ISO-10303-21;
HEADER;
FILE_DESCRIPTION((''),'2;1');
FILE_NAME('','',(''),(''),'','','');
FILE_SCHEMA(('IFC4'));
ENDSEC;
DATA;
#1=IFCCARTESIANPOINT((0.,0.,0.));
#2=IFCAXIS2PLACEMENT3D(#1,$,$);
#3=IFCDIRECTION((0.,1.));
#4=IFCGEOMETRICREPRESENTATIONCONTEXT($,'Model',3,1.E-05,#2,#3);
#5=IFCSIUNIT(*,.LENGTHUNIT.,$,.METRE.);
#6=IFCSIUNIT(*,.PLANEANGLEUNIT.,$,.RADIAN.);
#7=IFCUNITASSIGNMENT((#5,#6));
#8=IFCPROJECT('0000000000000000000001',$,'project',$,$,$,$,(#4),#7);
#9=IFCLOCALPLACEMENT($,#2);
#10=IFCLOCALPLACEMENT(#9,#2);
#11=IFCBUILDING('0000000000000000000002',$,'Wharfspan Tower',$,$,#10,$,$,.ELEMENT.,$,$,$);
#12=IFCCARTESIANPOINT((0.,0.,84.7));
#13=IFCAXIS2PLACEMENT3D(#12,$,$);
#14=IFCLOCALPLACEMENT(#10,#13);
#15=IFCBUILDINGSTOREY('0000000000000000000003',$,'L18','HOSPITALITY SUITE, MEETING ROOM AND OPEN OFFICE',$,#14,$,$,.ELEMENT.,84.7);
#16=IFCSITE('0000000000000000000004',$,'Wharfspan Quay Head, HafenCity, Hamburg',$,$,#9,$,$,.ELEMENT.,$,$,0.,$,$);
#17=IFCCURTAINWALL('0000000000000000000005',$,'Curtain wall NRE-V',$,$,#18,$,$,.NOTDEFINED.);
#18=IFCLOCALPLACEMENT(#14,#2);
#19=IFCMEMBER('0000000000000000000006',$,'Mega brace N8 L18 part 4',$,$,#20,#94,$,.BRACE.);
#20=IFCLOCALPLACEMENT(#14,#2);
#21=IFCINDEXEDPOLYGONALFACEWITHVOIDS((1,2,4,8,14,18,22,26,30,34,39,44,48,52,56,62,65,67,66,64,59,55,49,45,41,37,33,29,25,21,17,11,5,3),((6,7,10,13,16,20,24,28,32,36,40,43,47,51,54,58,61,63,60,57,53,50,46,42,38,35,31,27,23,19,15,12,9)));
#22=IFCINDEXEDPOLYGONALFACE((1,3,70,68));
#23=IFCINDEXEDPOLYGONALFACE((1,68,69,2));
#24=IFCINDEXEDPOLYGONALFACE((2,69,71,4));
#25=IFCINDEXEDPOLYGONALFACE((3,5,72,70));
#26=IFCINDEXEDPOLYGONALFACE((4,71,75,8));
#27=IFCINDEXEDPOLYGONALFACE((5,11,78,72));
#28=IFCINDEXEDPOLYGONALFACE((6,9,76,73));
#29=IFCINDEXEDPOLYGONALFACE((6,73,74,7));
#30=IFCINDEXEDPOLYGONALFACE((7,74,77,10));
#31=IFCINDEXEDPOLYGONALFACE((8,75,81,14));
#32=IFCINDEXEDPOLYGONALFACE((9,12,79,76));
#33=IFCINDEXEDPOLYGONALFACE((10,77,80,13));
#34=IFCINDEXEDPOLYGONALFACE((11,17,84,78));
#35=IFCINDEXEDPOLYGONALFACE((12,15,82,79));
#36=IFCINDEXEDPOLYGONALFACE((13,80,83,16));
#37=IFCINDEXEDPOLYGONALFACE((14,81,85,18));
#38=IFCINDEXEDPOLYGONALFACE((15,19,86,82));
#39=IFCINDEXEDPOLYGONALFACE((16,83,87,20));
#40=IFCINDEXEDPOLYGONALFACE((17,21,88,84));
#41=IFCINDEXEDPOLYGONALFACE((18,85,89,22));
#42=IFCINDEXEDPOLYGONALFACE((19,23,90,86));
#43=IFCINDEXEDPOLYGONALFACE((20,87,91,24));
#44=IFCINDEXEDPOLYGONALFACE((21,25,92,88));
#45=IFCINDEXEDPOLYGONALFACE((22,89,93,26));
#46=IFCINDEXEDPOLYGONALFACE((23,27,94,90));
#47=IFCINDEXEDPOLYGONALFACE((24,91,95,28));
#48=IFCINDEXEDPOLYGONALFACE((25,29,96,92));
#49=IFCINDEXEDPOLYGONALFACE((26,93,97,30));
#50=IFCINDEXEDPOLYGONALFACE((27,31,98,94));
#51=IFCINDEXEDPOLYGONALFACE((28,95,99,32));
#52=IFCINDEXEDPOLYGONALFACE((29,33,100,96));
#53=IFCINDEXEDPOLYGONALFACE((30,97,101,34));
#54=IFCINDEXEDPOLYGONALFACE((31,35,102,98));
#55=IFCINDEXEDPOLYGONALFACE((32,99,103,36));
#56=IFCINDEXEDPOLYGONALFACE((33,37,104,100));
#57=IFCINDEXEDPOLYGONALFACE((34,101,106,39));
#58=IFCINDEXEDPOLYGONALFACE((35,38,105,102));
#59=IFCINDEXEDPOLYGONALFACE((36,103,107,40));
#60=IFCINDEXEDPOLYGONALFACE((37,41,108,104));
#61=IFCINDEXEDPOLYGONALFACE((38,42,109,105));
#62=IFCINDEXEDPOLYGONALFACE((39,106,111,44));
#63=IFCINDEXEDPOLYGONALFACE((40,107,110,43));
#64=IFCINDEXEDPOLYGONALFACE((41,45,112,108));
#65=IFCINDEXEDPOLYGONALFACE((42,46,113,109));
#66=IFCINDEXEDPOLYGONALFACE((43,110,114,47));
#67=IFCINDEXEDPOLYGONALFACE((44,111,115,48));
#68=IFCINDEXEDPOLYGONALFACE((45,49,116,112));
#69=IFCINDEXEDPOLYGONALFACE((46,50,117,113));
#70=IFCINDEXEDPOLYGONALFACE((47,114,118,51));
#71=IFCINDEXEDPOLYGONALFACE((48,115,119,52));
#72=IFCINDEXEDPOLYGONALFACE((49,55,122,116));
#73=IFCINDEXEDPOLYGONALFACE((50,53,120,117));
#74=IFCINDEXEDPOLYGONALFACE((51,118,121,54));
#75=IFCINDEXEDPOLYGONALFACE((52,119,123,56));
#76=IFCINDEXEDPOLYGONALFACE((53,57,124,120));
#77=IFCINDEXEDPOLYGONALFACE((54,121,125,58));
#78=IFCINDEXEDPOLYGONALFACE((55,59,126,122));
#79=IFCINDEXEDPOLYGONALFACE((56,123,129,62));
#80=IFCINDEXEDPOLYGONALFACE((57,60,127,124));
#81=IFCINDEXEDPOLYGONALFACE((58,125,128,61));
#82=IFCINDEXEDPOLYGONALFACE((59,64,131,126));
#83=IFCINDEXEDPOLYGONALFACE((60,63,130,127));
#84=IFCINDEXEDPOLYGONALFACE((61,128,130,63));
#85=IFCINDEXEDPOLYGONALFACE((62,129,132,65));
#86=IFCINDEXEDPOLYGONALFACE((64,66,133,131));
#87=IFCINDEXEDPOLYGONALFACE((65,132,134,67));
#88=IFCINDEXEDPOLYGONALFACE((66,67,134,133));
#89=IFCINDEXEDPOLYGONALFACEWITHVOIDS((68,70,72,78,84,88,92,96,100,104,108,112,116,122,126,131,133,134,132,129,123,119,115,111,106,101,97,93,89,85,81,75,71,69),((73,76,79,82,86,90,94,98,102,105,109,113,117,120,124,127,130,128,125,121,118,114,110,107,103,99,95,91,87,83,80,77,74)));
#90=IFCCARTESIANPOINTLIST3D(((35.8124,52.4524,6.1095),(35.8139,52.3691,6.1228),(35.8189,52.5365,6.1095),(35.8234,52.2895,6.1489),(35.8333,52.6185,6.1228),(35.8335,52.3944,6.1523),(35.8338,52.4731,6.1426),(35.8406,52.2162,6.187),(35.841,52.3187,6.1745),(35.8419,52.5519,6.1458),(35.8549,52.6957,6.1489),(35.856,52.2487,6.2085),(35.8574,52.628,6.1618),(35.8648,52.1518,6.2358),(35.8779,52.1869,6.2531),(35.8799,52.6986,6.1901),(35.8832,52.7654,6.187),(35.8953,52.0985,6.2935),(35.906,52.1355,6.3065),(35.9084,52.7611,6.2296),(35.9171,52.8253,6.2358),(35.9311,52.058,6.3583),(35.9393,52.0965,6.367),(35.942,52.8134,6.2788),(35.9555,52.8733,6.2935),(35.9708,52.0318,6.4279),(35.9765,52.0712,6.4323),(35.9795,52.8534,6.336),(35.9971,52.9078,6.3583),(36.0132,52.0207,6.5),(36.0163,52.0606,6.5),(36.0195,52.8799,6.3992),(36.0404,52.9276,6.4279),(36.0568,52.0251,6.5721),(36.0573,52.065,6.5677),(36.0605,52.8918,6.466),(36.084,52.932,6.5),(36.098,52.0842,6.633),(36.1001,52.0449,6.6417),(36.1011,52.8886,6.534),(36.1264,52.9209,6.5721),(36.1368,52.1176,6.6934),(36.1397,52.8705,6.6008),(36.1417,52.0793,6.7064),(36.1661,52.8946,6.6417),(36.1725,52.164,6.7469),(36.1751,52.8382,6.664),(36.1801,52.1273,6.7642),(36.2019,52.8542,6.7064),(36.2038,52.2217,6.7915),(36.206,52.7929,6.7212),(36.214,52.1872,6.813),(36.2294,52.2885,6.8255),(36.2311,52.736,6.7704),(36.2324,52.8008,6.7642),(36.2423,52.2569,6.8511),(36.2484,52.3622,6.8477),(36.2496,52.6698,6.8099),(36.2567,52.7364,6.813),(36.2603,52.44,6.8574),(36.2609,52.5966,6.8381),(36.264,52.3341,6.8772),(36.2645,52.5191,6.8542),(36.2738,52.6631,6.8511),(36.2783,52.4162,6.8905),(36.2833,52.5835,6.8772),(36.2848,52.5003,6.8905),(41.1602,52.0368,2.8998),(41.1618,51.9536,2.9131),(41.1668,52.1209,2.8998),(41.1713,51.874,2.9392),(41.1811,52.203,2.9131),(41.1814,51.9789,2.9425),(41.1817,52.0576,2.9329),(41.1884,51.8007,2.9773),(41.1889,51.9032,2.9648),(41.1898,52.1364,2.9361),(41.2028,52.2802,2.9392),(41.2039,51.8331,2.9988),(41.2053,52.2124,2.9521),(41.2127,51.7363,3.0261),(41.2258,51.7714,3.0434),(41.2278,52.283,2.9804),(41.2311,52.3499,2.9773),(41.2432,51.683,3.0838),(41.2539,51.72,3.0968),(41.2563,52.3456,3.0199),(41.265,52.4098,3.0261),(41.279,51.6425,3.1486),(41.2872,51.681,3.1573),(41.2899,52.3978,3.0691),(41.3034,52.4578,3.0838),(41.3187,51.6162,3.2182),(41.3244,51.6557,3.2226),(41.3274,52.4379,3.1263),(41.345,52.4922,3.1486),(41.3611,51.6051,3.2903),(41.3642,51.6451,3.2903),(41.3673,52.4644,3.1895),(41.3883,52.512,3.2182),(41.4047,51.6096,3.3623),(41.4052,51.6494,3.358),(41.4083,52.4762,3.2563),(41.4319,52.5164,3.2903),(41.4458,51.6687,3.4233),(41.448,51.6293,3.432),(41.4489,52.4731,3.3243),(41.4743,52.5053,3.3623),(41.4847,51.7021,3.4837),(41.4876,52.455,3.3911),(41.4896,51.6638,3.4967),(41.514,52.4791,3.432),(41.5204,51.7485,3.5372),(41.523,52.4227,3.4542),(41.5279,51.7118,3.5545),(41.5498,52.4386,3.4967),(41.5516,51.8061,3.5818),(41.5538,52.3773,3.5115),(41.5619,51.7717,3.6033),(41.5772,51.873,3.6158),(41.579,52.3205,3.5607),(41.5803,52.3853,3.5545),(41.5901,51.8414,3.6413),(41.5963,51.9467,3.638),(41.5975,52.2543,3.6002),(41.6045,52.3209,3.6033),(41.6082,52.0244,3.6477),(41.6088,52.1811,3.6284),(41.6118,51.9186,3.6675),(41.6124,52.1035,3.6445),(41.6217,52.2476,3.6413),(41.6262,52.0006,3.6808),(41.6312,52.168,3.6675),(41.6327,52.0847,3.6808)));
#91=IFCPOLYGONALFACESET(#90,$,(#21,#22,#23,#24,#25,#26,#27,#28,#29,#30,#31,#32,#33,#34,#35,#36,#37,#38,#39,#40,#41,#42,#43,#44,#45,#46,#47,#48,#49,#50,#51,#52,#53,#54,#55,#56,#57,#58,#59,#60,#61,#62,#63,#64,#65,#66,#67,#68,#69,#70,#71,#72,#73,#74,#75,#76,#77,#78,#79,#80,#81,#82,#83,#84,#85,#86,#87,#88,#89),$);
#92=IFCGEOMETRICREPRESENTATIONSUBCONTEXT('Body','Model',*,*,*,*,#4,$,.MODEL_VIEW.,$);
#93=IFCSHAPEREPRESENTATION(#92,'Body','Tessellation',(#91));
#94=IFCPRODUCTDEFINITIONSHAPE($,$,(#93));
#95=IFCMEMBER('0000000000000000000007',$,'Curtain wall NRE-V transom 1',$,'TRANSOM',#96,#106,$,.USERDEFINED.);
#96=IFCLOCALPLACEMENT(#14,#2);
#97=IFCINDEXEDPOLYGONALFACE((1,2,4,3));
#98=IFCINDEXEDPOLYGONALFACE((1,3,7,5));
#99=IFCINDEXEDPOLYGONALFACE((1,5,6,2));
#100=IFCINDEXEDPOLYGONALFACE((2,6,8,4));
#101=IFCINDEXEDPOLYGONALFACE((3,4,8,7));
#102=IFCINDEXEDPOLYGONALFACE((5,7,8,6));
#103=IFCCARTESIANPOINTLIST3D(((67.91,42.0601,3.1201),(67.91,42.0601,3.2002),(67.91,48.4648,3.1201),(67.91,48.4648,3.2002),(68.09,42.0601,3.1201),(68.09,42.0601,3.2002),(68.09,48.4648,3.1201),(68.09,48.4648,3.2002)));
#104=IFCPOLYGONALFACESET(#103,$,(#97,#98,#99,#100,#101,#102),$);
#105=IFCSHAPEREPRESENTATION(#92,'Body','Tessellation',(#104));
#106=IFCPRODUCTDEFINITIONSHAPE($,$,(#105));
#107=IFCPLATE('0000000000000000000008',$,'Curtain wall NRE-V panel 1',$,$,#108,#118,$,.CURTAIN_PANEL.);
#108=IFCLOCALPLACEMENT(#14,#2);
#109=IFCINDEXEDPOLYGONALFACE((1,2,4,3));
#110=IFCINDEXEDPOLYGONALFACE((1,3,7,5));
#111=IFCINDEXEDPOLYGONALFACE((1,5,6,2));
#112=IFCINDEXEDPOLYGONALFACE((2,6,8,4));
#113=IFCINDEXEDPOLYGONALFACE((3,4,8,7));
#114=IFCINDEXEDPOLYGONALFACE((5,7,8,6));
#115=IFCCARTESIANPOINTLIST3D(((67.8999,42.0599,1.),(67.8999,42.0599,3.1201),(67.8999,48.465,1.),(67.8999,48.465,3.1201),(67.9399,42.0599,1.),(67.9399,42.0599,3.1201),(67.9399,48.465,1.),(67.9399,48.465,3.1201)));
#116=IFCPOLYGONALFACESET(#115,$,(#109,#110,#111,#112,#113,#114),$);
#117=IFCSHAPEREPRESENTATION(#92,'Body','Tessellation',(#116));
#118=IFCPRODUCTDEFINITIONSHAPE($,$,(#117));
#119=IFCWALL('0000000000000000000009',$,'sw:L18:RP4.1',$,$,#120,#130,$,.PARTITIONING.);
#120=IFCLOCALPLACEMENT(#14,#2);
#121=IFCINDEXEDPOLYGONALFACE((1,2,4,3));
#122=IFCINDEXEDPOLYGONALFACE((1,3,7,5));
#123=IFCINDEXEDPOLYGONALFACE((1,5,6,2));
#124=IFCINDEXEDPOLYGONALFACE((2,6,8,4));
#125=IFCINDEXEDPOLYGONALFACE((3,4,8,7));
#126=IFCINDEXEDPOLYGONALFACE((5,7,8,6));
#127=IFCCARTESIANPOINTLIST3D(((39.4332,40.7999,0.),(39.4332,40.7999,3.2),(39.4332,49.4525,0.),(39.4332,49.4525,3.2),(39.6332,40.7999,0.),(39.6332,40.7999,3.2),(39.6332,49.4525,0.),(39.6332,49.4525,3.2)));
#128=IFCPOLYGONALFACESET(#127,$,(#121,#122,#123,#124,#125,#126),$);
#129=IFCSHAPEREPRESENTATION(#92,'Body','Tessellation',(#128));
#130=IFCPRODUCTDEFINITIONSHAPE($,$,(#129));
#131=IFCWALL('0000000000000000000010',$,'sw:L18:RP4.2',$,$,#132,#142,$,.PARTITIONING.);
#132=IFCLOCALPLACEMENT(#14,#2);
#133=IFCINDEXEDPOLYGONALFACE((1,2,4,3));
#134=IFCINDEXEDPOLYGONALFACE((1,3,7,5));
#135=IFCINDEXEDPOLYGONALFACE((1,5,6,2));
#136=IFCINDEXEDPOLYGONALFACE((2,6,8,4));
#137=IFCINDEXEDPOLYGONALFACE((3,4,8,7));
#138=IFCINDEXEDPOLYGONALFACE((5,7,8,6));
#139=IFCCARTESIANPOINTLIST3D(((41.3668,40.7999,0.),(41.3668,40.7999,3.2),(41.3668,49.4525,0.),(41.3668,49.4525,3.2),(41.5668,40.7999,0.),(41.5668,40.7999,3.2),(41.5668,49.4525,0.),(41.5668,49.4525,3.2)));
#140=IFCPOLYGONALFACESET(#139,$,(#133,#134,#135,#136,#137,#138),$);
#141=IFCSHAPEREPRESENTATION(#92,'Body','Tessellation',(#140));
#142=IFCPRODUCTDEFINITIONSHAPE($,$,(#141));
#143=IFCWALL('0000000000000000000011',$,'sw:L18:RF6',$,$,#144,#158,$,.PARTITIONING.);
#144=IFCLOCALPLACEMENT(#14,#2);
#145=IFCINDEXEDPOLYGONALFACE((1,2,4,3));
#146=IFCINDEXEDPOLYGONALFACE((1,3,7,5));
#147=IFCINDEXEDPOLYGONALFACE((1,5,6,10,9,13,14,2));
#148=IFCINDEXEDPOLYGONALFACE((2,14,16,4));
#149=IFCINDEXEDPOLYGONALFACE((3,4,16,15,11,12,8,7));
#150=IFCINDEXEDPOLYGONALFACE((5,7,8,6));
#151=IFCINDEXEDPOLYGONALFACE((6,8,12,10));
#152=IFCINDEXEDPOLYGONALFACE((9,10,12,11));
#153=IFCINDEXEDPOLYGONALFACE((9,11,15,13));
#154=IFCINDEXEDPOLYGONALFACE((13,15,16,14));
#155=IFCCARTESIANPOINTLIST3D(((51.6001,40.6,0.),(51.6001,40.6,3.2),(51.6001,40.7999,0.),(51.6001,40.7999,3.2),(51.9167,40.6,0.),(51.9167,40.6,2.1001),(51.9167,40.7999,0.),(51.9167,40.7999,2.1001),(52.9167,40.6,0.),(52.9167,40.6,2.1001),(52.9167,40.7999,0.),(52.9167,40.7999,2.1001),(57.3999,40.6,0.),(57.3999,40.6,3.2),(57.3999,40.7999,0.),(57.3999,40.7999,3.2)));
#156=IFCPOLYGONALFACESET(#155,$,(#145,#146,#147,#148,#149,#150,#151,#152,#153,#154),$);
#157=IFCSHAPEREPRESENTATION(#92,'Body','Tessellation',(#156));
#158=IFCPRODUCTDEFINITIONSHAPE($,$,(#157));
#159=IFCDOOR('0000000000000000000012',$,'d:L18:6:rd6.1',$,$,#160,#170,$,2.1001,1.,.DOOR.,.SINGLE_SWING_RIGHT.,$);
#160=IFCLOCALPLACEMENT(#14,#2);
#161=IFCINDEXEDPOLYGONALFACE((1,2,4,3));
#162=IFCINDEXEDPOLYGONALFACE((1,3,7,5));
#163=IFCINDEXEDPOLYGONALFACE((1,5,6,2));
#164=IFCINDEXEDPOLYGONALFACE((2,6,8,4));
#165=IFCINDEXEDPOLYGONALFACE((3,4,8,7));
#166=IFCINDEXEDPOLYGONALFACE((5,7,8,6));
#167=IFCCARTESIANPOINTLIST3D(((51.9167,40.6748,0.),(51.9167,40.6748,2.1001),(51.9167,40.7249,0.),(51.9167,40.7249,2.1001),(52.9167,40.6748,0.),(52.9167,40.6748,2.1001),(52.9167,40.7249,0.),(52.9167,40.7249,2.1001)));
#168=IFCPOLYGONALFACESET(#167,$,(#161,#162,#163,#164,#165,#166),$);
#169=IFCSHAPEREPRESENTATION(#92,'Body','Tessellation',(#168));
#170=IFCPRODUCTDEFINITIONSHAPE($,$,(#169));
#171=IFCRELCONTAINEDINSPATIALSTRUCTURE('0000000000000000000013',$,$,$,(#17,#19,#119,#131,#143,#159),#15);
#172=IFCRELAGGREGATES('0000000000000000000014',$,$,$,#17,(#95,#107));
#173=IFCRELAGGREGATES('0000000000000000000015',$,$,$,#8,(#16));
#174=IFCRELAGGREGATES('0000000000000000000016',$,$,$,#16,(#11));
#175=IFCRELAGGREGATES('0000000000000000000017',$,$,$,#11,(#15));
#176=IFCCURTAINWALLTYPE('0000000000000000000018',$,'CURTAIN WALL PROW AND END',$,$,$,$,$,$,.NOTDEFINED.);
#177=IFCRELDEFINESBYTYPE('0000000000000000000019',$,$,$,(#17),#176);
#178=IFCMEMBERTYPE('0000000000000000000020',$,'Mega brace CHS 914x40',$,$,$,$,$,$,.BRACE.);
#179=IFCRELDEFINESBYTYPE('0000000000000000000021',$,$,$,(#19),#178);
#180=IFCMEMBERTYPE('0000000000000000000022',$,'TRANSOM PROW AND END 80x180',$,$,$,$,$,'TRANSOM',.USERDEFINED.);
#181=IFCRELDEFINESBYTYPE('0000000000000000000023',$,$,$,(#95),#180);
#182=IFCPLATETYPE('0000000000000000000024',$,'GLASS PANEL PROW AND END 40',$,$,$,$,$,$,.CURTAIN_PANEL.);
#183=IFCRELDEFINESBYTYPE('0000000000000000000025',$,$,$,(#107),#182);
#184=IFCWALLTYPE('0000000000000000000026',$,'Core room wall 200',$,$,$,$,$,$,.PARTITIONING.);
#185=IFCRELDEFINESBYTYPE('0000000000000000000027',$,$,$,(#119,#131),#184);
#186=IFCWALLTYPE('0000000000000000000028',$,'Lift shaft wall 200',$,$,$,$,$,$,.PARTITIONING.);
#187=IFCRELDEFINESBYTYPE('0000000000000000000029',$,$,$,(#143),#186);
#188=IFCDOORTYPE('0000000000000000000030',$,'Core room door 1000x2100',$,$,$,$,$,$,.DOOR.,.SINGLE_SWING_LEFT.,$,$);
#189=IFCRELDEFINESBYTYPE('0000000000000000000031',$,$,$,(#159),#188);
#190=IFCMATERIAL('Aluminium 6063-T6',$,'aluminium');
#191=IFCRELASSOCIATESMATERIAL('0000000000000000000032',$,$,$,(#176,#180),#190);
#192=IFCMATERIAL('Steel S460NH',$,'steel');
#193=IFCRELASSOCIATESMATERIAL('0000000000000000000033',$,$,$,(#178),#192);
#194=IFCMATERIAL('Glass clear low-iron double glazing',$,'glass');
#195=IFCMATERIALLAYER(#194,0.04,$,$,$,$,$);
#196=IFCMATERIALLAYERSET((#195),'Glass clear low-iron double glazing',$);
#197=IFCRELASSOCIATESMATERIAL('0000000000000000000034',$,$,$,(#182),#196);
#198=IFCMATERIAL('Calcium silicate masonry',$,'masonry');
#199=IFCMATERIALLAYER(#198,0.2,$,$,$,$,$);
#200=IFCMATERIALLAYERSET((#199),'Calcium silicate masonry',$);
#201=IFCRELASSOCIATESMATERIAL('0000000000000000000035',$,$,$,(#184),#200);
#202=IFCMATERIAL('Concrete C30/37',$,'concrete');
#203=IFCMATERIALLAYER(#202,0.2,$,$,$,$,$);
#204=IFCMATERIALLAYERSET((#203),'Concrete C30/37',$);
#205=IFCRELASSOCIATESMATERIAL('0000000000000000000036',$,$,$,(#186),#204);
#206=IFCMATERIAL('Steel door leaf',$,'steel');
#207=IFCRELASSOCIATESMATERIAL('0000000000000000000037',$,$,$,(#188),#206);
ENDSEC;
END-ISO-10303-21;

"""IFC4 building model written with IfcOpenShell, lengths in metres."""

from ifc_helpers import new_model, si_unit, direction, frame, frame_2d, origin, origin_2d, place, context, subcontext, project, spatial, rectangle, hollow_circle, extrude, material, layer, layer_set, material_profile, profile_set, type_object, element, fill, aggregate, save


model = new_model("IFC4")

# Units and contexts
model_context = context("Model", 3, precision=1e-05, world=origin(), true_north=direction((0.0, 1.0)))
body_context = subcontext(model_context, "Body", "Model", "MODEL_VIEW")
ifc_project = project(units=[si_unit("LENGTHUNIT", "METRE"), si_unit("PLANEANGLEUNIT", "RADIAN")], contexts=[model_context])

# Site, building, storey
site_placement = place(None, origin())
site = spatial("IfcSite", under=ifc_project, at=site_placement, Name="Wharfspan Quay Head, HafenCity, Hamburg", CompositionType="ELEMENT", RefElevation=0.0)
building_placement = place(site_placement, origin())
building = spatial("IfcBuilding", under=site, at=building_placement, Name="Wharfspan Tower", CompositionType="ELEMENT")
storey_placement = place(building_placement, frame((0.0, 0.0, 84.7)))
storey = spatial("IfcBuildingStorey", under=building, at=storey_placement, Name="L18", Description="HOSPITALITY SUITE, MEETING ROOM AND OPEN OFFICE", CompositionType="ELEMENT", Elevation=84.7)

# Curtain wall
ifc_material_1 = material(Name="Aluminium 6063-T6", Category="aluminium")
curtain_wall_type = type_object("IfcCurtainWallType", Name="CURTAIN WALL PROW AND END", PredefinedType="NOTDEFINED", material=ifc_material_1)
curtain_wall_placement = place(storey_placement, origin())
curtain_wall = element("IfcCurtainWall", 1, at=curtain_wall_placement, inside=storey, type_object=curtain_wall_type, Name="Curtain wall NRE-V", PredefinedType="NOTDEFINED")

# Member
ifc_material_2 = material(Name="Steel S460NH", Category="steel")
ifc_material_profile_1 = material_profile(ifc_material_2, hollow_circle(Radius=0.457, WallThickness=0.04, at=origin_2d()))
ifc_profile_set_1 = profile_set([ifc_material_profile_1], Name="Steel S460NH")
member_type_1 = type_object("IfcMemberType", Name="Mega brace CHS 914x40", PredefinedType="BRACE", material=ifc_profile_set_1)
for number, where, z_axis, x_axis, name in (
    (2, (41.3965, 52.0608, 3.2903), (-0.855527, 0.066474, 0.513473), (-0.077466, -0.996995, 0.0), "Mega brace N8 L18 part 4"),
):
    element("IfcMember", number, at=place(storey_placement, frame(where, z_axis=z_axis, x_axis=x_axis)), inside=storey, type_object=member_type_1, Name=name, PredefinedType="BRACE", context=body_context, shape_type="SweptSolid", body=[
        extrude(hollow_circle(Radius=0.457, WallThickness=0.04, at=origin_2d()), origin(), (0.0, 0.0, 1.0), 6.251),
    ])

# Member
ifc_material_profile_2 = material_profile(ifc_material_1, rectangle(XDim=0.1799, YDim=0.0801, at=origin_2d()))
ifc_profile_set_2 = profile_set([ifc_material_profile_2], Name="Aluminium 6063-T6")
member_type_2 = type_object("IfcMemberType", Name="TRANSOM PROW AND END 80x180", ElementType="TRANSOM", PredefinedType="USERDEFINED", material=ifc_profile_set_2)
member_1_placement = place(storey_placement, frame((68.0, 42.0601, 3.1602), z_axis=(0.0, 1.0, 0.0), x_axis=(-1.0, 0.0, 0.0)))
member_1 = element("IfcMember", 3, at=member_1_placement, type_object=member_type_2, Name="Curtain wall NRE-V transom 1", ObjectType="TRANSOM", PredefinedType="USERDEFINED", context=body_context, shape_type="SweptSolid", body=[
    extrude(rectangle(XDim=0.1799, YDim=0.0801, at=origin_2d()), origin(), (0.0, 0.0, 1.0), 6.4048),
])

# Plate
ifc_material_3 = material(Name="Glass clear low-iron double glazing", Category="glass")
ifc_layer_1 = layer(ifc_material_3, 0.04)
ifc_layer_set_1 = layer_set([ifc_layer_1], Name="Glass clear low-iron double glazing")
plate_type = type_object("IfcPlateType", Name="GLASS PANEL PROW AND END 40", PredefinedType="CURTAIN_PANEL", material=ifc_layer_set_1)
plate_placement = place(storey_placement, frame((67.9199, 45.2625, 1.0), z_axis=(0.0, 0.0, 1.0), x_axis=(0.0, 1.0, 0.0)))
plate = element("IfcPlate", 4, at=plate_placement, type_object=plate_type, Name="Curtain wall NRE-V panel 1", PredefinedType="CURTAIN_PANEL", context=body_context, shape_type="SweptSolid", body=[
    extrude(rectangle(XDim=6.405, YDim=0.04, at=origin_2d()), origin(), (0.0, 0.0, 1.0), 2.1201),
])
aggregate(curtain_wall, [member_1, plate])

# Walls
ifc_material_4 = material(Name="Calcium silicate masonry", Category="masonry")
ifc_layer_2 = layer(ifc_material_4, 0.2)
ifc_layer_set_2 = layer_set([ifc_layer_2], Name="Calcium silicate masonry")
wall_type_1 = type_object("IfcWallType", Name="Core room wall 200", PredefinedType="PARTITIONING", material=ifc_layer_set_2)
for number, where, z_axis, x_axis, name in (
    (5, (39.5332, 40.8, 0.0), (0.0, 0.0, 1.0), (0.0, 1.0, 0.0), "sw:L18:RP4.1"),
    (6, (41.4668, 40.8, 0.0), (0.0, 0.0, 1.0), (0.0, 1.0, 0.0), "sw:L18:RP4.2"),
):
    element("IfcWall", number, at=place(storey_placement, frame(where, z_axis=z_axis, x_axis=x_axis)), inside=storey, type_object=wall_type_1, Name=name, PredefinedType="PARTITIONING", context=body_context, shape_type="SweptSolid", body=[
        extrude(rectangle(XDim=8.6526, YDim=0.2, at=frame_2d((4.3262, 0.0))), origin(), (0.0, 0.0, 1.0), 3.2),
    ])

# Wall, opening, door
ifc_material_5 = material(Name="Concrete C30/37", Category="concrete")
ifc_layer_3 = layer(ifc_material_5, 0.2)
ifc_layer_set_3 = layer_set([ifc_layer_3], Name="Concrete C30/37")
wall_type_2 = type_object("IfcWallType", Name="Lift shaft wall 200", PredefinedType="PARTITIONING", material=ifc_layer_set_3)
wall_1_placement = place(storey_placement, frame((51.6001, 40.7, 0.0), z_axis=(0.0, 0.0, 1.0), x_axis=(1.0, 0.0, 0.0)))
wall_1 = element("IfcWall", 7, at=wall_1_placement, inside=storey, type_object=wall_type_2, Name="sw:L18:RF6", PredefinedType="PARTITIONING", context=body_context, shape_type="SweptSolid", body=[
    extrude(rectangle(XDim=5.7998, YDim=0.2, at=frame_2d((2.8999, 0.0))), origin(), (0.0, 0.0, 1.0), 3.2),
])
opening_1_placement = place(wall_1_placement, frame((0.3166, 0.0, 0.0)))
opening_1 = element("IfcOpeningElement", 8, at=opening_1_placement, cuts=wall_1, PredefinedType="OPENING", context=body_context, shape_type="SweptSolid", body=[
    extrude(rectangle(XDim=1.0, YDim=2.1001, at=frame_2d((0.5, 1.05))), frame((0.0, 0.1099, 0.0), z_axis=(0.0, -1.0, 0.0), x_axis=(1.0, 0.0, 0.0)), (0.0, 0.0, 1.0), 0.22),
])
ifc_material_6 = material(Name="Steel door leaf", Category="steel")
door_type_1 = type_object("IfcDoorType", Name="Core room door 1000x2100", OperationType="SINGLE_SWING_LEFT", PredefinedType="DOOR", material=ifc_material_6)
door_1_placement = place(opening_1_placement, origin())
door_1 = element("IfcDoor", 9, at=door_1_placement, inside=storey, type_object=door_type_1, Name="d:L18:6:rd6.1", OperationType="SINGLE_SWING_RIGHT", OverallHeight=2.1001, OverallWidth=1.0, PredefinedType="DOOR", context=body_context, shape_type="SweptSolid", body=[
    extrude(rectangle(XDim=1.0, YDim=2.1001, at=frame_2d((0.5, 1.05))), frame((0.0, 0.0249, 0.0), z_axis=(0.0, -1.0, 0.0), x_axis=(1.0, 0.0, 0.0)), (0.0, 0.0, 1.0), 0.05),
])
fill(opening_1, door_1)

save(model, "model.ifc")
